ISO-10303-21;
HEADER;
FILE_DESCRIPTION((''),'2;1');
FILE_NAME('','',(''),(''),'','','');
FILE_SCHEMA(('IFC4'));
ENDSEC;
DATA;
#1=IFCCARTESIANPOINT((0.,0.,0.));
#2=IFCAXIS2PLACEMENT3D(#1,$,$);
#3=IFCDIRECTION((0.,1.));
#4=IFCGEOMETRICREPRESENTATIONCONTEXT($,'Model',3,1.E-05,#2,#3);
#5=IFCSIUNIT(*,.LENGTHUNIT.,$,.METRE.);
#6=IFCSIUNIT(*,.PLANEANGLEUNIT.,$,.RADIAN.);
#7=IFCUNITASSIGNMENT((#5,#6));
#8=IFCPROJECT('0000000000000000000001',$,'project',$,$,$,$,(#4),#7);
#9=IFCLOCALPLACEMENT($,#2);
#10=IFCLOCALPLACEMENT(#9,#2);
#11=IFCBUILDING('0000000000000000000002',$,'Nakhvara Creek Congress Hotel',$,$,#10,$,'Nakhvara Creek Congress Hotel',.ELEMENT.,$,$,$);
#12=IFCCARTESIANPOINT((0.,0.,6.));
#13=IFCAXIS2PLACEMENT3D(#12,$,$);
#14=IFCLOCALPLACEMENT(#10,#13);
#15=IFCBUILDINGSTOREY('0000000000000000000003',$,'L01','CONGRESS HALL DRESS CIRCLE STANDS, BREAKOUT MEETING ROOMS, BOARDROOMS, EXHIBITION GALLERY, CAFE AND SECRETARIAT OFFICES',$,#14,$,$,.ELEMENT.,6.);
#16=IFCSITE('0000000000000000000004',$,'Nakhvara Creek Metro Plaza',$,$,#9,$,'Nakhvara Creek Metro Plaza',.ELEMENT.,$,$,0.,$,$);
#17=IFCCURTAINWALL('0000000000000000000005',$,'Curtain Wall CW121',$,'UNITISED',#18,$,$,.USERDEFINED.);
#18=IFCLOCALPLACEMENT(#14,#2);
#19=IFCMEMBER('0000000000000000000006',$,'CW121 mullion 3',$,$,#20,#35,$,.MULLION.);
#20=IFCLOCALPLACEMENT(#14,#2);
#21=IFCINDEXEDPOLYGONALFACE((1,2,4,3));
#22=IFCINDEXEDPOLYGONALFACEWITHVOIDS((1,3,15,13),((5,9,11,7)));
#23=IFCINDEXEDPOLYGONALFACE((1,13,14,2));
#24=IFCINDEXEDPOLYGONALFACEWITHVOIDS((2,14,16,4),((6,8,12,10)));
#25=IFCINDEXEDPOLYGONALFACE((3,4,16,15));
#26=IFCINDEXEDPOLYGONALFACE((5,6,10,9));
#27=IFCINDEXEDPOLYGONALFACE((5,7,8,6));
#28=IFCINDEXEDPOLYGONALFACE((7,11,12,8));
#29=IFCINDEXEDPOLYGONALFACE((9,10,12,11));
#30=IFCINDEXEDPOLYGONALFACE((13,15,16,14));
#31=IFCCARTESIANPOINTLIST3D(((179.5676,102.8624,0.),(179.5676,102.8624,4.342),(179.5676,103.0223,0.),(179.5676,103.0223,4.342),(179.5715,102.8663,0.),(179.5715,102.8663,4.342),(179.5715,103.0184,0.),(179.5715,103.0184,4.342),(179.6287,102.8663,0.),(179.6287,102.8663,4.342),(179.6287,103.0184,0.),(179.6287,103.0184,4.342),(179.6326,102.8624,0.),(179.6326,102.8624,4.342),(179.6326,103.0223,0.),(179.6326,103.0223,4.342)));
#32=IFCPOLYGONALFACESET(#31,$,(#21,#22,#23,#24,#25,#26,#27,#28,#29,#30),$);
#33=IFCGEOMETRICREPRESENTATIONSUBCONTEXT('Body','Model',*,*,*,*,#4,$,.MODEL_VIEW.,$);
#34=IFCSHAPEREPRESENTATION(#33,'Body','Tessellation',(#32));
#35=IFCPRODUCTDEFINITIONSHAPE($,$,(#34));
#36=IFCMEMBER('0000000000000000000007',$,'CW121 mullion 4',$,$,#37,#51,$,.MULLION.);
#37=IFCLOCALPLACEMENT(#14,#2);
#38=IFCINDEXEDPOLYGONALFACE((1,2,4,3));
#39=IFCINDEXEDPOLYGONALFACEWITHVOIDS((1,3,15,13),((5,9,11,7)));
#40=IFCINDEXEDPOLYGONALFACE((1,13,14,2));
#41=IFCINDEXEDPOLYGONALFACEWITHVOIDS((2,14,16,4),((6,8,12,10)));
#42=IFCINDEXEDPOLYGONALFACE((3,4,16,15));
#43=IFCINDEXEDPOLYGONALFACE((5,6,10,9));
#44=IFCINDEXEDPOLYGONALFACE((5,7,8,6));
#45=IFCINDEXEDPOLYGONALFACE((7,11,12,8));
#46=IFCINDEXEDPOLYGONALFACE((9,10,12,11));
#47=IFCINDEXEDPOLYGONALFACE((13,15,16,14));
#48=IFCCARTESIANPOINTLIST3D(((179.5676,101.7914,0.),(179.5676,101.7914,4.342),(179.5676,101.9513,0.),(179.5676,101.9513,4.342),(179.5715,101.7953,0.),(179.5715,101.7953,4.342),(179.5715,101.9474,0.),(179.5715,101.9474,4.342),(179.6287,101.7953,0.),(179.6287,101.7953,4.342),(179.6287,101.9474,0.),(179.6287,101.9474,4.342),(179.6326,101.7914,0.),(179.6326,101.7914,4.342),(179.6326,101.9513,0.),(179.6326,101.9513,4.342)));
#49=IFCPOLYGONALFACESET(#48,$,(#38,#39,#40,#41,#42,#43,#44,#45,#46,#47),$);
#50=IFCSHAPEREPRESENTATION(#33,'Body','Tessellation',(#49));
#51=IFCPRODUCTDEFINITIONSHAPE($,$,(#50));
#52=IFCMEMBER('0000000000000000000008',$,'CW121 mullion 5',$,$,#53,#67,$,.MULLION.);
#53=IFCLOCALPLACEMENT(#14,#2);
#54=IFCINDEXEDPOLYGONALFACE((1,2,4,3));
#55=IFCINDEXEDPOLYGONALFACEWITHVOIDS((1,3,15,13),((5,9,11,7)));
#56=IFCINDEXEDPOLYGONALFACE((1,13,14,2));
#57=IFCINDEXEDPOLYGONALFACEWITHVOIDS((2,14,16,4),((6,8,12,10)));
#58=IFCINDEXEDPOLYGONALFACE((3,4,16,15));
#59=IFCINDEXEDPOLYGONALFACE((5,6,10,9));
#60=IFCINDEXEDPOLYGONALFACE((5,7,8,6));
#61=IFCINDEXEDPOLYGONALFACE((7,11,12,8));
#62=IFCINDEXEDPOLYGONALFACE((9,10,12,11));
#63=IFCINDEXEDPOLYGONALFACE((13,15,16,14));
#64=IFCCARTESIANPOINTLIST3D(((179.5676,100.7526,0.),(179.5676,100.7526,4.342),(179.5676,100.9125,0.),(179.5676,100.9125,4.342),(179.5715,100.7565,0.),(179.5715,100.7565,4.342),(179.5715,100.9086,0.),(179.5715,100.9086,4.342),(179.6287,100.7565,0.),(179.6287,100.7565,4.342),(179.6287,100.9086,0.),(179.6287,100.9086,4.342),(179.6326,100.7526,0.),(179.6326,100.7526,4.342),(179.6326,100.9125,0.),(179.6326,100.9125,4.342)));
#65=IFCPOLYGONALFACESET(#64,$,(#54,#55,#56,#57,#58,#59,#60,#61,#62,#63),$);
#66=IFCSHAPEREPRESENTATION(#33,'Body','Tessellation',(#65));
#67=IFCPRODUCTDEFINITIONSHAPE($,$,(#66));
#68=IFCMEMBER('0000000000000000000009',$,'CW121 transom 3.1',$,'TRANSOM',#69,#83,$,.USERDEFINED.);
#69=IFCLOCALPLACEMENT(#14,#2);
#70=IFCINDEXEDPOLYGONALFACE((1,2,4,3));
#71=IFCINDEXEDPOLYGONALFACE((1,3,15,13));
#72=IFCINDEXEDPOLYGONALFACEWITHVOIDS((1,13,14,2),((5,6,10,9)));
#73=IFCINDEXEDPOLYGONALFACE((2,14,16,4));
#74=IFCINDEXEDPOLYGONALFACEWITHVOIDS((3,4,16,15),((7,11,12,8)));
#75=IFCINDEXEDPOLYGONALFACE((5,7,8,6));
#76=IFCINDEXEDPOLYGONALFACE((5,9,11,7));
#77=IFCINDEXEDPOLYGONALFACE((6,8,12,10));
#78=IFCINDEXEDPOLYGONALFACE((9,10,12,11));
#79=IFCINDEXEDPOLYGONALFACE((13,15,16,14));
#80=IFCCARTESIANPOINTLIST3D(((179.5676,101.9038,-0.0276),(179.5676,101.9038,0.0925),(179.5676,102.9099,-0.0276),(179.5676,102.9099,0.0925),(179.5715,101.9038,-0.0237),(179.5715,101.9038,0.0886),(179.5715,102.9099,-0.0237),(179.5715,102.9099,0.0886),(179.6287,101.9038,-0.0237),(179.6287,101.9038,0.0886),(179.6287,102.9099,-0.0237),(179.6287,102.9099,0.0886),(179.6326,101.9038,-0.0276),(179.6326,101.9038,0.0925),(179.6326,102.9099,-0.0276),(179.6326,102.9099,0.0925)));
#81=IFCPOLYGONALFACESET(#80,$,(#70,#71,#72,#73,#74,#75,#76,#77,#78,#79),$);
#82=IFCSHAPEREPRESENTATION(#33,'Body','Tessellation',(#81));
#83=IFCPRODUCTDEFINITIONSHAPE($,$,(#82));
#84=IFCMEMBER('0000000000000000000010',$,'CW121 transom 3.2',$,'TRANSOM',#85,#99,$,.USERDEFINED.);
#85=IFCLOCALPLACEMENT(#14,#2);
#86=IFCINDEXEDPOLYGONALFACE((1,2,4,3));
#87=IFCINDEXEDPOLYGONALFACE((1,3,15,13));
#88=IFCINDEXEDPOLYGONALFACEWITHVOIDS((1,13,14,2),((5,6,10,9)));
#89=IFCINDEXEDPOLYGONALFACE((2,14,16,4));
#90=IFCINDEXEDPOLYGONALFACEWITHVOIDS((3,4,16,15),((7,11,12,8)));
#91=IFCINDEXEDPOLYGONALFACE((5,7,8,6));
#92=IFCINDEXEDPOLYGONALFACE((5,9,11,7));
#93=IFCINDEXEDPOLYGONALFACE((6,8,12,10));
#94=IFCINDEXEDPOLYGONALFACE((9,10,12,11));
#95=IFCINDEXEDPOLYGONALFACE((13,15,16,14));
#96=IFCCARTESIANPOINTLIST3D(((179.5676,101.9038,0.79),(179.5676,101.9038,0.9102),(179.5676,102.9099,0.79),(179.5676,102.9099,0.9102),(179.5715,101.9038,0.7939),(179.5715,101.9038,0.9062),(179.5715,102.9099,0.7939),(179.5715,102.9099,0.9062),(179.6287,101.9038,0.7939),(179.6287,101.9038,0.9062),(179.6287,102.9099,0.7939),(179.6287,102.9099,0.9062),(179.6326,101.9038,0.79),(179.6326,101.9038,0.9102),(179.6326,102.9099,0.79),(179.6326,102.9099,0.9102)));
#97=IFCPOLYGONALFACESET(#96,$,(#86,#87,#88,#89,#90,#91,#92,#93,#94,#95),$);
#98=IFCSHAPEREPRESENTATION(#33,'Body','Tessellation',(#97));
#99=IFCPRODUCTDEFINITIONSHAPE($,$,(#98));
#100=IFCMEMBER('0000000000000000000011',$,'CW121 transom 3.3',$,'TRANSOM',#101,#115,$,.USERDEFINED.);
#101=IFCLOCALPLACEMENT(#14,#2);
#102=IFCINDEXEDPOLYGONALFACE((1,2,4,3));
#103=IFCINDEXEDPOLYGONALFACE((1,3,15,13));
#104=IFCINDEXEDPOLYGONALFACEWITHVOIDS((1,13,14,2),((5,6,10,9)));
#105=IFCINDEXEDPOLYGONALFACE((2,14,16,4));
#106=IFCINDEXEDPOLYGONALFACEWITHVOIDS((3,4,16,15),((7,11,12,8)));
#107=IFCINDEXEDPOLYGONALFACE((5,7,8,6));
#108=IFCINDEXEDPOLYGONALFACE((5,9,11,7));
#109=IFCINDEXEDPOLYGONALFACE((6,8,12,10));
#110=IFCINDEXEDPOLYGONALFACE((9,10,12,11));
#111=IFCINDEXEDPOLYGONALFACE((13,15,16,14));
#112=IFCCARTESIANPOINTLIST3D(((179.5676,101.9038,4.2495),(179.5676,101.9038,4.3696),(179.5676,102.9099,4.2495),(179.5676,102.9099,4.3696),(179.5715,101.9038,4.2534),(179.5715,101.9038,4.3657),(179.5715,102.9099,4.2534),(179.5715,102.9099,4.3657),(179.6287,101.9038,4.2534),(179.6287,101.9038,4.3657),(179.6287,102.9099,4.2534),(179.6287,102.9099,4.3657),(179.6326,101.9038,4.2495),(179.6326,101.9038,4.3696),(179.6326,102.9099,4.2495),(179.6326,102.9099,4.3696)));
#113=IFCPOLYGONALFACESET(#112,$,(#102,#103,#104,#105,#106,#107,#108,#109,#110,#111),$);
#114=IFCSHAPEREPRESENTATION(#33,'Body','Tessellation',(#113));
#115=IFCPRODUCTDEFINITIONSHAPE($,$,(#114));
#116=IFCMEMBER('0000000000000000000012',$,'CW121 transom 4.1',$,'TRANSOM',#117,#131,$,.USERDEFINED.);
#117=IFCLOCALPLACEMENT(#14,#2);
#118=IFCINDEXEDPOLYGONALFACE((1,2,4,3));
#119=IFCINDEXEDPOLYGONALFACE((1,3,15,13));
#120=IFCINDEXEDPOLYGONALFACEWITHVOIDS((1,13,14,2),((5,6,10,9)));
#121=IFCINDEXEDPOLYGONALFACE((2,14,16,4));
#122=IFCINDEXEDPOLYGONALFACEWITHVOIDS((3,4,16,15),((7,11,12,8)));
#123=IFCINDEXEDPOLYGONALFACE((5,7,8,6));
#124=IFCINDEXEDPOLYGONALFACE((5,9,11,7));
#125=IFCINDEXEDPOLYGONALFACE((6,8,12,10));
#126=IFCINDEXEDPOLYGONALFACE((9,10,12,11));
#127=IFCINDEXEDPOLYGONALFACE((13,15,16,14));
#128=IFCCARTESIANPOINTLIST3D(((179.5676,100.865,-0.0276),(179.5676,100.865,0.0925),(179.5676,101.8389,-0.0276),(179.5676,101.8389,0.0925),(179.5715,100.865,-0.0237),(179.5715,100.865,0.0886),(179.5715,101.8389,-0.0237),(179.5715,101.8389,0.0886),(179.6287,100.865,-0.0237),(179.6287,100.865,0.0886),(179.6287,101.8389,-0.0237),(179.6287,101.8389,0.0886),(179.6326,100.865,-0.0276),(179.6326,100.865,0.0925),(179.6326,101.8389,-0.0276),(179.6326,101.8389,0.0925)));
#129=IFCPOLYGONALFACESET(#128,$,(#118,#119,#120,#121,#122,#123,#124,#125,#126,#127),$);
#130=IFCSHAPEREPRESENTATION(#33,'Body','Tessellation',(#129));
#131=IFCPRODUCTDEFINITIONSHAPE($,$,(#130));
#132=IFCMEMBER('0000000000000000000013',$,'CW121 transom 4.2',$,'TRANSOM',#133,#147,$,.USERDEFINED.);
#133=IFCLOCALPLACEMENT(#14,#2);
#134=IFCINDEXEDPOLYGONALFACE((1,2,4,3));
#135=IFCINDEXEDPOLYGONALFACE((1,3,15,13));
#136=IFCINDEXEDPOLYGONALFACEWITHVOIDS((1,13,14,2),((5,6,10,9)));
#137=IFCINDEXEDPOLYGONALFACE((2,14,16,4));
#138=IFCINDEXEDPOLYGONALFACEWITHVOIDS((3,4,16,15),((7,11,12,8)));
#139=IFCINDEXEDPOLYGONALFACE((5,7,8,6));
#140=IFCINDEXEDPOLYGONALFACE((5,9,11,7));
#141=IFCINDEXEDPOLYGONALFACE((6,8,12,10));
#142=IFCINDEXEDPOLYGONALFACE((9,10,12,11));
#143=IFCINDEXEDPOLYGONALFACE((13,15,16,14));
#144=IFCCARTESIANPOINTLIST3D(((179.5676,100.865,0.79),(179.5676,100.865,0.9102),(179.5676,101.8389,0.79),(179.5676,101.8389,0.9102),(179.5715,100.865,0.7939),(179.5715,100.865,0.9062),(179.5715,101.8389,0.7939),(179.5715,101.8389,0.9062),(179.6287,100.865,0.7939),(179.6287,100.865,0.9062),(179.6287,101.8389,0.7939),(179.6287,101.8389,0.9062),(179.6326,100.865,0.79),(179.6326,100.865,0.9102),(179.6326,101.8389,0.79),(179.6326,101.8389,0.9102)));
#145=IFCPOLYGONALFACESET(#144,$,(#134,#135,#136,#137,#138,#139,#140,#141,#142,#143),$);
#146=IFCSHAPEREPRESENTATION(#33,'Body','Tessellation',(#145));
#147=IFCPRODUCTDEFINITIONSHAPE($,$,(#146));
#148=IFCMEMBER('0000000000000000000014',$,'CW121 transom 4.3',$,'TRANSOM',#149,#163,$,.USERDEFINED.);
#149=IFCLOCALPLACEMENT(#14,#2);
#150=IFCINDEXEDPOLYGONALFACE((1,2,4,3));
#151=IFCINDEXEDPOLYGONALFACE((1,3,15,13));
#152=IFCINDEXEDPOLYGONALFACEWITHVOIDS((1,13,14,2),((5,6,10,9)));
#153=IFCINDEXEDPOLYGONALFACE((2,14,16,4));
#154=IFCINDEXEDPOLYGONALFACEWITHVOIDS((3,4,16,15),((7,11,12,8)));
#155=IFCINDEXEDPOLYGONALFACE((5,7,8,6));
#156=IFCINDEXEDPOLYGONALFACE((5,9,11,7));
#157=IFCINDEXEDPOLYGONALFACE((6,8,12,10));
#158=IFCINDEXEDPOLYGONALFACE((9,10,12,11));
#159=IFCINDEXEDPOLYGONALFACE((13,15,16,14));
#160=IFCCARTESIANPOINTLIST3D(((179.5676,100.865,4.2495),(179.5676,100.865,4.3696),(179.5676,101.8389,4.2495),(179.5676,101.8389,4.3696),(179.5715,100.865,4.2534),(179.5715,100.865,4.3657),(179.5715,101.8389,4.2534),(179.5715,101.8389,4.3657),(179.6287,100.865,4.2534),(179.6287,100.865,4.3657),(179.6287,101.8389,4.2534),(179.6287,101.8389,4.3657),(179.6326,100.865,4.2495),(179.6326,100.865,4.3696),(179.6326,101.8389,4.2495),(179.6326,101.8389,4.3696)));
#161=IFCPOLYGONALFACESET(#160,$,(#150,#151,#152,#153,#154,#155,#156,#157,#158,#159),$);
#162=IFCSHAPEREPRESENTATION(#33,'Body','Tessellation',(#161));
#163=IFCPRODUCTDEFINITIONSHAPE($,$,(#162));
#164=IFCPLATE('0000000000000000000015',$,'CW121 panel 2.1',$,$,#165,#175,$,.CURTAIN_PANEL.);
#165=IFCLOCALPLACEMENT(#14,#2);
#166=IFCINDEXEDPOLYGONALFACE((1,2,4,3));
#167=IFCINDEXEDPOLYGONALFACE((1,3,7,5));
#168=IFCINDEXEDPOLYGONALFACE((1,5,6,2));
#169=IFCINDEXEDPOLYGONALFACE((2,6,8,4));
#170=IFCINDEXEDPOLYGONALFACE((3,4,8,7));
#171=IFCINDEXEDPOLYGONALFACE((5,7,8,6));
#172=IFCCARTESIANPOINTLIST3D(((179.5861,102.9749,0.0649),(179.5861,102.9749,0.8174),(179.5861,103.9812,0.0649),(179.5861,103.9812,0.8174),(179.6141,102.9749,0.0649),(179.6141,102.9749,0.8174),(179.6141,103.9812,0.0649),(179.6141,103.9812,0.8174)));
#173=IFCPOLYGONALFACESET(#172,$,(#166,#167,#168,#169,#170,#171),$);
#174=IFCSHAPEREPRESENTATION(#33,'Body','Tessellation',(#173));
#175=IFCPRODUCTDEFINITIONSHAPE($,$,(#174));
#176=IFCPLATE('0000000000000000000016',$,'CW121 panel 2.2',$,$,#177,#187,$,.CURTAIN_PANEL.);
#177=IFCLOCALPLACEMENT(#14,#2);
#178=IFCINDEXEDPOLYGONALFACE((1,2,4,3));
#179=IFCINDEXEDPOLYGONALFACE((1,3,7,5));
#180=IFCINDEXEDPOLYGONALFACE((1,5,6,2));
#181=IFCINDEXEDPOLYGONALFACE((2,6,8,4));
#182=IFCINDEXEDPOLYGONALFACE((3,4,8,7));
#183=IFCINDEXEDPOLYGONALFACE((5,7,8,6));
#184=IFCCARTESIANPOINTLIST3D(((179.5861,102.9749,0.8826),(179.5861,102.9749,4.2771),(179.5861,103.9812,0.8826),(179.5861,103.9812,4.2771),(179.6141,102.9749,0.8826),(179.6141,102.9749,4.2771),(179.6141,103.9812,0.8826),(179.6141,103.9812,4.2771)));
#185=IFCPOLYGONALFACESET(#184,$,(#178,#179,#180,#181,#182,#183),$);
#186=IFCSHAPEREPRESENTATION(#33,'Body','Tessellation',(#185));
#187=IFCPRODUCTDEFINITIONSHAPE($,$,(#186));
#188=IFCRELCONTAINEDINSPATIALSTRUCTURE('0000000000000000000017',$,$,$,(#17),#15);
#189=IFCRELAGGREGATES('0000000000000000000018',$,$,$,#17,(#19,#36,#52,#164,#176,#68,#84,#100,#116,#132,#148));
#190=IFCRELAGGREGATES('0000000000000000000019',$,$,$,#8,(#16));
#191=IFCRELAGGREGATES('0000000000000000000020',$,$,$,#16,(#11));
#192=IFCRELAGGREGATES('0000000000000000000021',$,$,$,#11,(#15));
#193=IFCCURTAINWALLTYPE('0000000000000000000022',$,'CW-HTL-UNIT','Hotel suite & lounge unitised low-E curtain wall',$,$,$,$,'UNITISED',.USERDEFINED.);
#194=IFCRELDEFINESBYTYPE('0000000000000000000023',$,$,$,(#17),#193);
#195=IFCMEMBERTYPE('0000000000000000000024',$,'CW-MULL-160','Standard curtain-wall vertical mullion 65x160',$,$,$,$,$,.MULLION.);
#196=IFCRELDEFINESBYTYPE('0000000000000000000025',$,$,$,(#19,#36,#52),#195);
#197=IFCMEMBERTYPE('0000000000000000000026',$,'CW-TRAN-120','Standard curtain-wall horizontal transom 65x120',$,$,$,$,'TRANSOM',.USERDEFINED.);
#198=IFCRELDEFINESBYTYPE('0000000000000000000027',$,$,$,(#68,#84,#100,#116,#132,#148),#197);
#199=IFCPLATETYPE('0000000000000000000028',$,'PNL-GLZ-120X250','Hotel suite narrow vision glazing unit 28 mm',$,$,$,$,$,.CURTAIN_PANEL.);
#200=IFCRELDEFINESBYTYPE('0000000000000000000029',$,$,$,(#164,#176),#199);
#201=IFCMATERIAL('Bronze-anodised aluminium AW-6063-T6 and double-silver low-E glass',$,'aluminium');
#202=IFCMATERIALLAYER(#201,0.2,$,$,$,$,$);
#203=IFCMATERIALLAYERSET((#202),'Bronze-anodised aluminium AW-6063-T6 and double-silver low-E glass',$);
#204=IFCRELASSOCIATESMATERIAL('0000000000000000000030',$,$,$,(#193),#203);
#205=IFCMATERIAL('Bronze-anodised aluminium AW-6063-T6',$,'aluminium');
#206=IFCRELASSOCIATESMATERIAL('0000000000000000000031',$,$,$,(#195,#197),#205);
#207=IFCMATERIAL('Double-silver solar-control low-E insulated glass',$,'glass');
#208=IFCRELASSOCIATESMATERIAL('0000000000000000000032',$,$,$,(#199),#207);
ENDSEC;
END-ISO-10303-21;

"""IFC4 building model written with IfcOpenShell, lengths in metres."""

from ifc_helpers import new_model, si_unit, direction, frame, origin, origin_2d, place, context, subcontext, project, spatial, rectangle, hollow_rectangle, extrude, material, layer, layer_set, material_profile, profile_set, type_object, element, aggregate, save


model = new_model("IFC4")

# Units and contexts
model_context = context("Model", 3, precision=1e-05, world=origin(), true_north=direction((0.0, 1.0)))
body_context = subcontext(model_context, "Body", "Model", "MODEL_VIEW")
ifc_project = project(units=[si_unit("LENGTHUNIT", "METRE"), si_unit("PLANEANGLEUNIT", "RADIAN")], contexts=[model_context])

# Site, building, storey
site_placement = place(None, origin())
site = spatial("IfcSite", under=ifc_project, at=site_placement, Name="Nakhvara Creek Metro Plaza", LongName="Nakhvara Creek Metro Plaza", CompositionType="ELEMENT", RefElevation=0.0)
building_placement = place(site_placement, origin())
building = spatial("IfcBuilding", under=site, at=building_placement, Name="Nakhvara Creek Congress Hotel", LongName="Nakhvara Creek Congress Hotel", CompositionType="ELEMENT")
storey_placement = place(building_placement, frame((0.0, 0.0, 6.0)))
storey = spatial("IfcBuildingStorey", under=building, at=storey_placement, Name="L01", Description="CONGRESS HALL DRESS CIRCLE STANDS, BREAKOUT MEETING ROOMS, BOARDROOMS, EXHIBITION GALLERY, CAFE AND SECRETARIAT OFFICES", CompositionType="ELEMENT", Elevation=6.0)

# Curtain wall, members, plates
ifc_material_1 = material(Name="Bronze-anodised aluminium AW-6063-T6 and double-silver low-E glass", Category="aluminium")
ifc_layer_1 = layer(ifc_material_1, 0.2)
ifc_layer_set_1 = layer_set([ifc_layer_1], Name="Bronze-anodised aluminium AW-6063-T6 and double-silver low-E glass")
curtain_wall_type = type_object("IfcCurtainWallType", Name="CW-HTL-UNIT", Description="Hotel suite & lounge unitised low-E curtain wall", ElementType="UNITISED", PredefinedType="USERDEFINED", material=ifc_layer_set_1)
curtain_wall_placement = place(storey_placement, origin())
curtain_wall = element("IfcCurtainWall", 1, at=curtain_wall_placement, inside=storey, type_object=curtain_wall_type, Name="Curtain Wall CW121", ObjectType="UNITISED", PredefinedType="USERDEFINED")
ifc_material_2 = material(Name="Bronze-anodised aluminium AW-6063-T6", Category="aluminium")
ifc_material_profile_1 = material_profile(ifc_material_2, hollow_rectangle(XDim=0.0649, YDim=0.1599, WallThickness=0.0039, at=origin_2d()), Name="ALU-MULL 65x160x4", Category="LoadBearing")
ifc_profile_set_1 = profile_set([ifc_material_profile_1], Name="Bronze-anodised aluminium AW-6063-T6")
member_type_1 = type_object("IfcMemberType", Name="CW-MULL-160", Description="Standard curtain-wall vertical mullion 65x160", PredefinedType="MULLION", material=ifc_profile_set_1)
member_1_placement = place(storey_placement, frame((179.6001, 102.9424, 0.0), z_axis=(0.0, 0.0, 1.0), x_axis=(1.0, 0.0, 0.0)))
member_1 = element("IfcMember", 2, at=member_1_placement, type_object=member_type_1, Name="CW121 mullion 3", PredefinedType="MULLION", context=body_context, shape_type="SweptSolid", body=[
    extrude(hollow_rectangle(XDim=0.0649, YDim=0.1599, WallThickness=0.0039, at=origin_2d()), origin(), (0.0, 0.0, 1.0), 4.342),
])
member_2_placement = place(storey_placement, frame((179.6001, 101.8713, 0.0), z_axis=(0.0, 0.0, 1.0), x_axis=(1.0, 0.0, 0.0)))
member_2 = element("IfcMember", 3, at=member_2_placement, type_object=member_type_1, Name="CW121 mullion 4", PredefinedType="MULLION", context=body_context, shape_type="SweptSolid", body=[
    extrude(hollow_rectangle(XDim=0.0649, YDim=0.1599, WallThickness=0.0039, at=origin_2d()), origin(), (0.0, 0.0, 1.0), 4.342),
])
member_3_placement = place(storey_placement, frame((179.6001, 100.8325, 0.0), z_axis=(0.0, 0.0, 1.0), x_axis=(1.0, 0.0, 0.0)))
member_3 = element("IfcMember", 4, at=member_3_placement, type_object=member_type_1, Name="CW121 mullion 5", PredefinedType="MULLION", context=body_context, shape_type="SweptSolid", body=[
    extrude(hollow_rectangle(XDim=0.0649, YDim=0.1599, WallThickness=0.0039, at=origin_2d()), origin(), (0.0, 0.0, 1.0), 4.342),
])
ifc_material_profile_2 = material_profile(ifc_material_2, hollow_rectangle(XDim=0.0649, YDim=0.1201, WallThickness=0.0039, at=origin_2d()), Name="ALU-TRAN 65x120x4", Category="LoadBearing")
ifc_profile_set_2 = profile_set([ifc_material_profile_2], Name="Bronze-anodised aluminium AW-6063-T6")
member_type_2 = type_object("IfcMemberType", Name="CW-TRAN-120", Description="Standard curtain-wall horizontal transom 65x120", ElementType="TRANSOM", PredefinedType="USERDEFINED", material=ifc_profile_set_2)
member_4_placement = place(storey_placement, frame((179.6001, 102.9099, 0.0325), z_axis=(0.0, -1.0, 0.0), x_axis=(1.0, 0.0, 0.0)))
member_4 = element("IfcMember", 5, at=member_4_placement, type_object=member_type_2, Name="CW121 transom 3.1", ObjectType="TRANSOM", PredefinedType="USERDEFINED", context=body_context, shape_type="SweptSolid", body=[
    extrude(hollow_rectangle(XDim=0.0649, YDim=0.1201, WallThickness=0.0039, at=origin_2d()), origin(), (0.0, 0.0, 1.0), 1.0061),
])
member_5_placement = place(storey_placement, frame((179.6001, 102.9099, 0.8501), z_axis=(0.0, -1.0, 0.0), x_axis=(1.0, 0.0, 0.0)))
member_5 = element("IfcMember", 6, at=member_5_placement, type_object=member_type_2, Name="CW121 transom 3.2", ObjectType="TRANSOM", PredefinedType="USERDEFINED", context=body_context, shape_type="SweptSolid", body=[
    extrude(hollow_rectangle(XDim=0.0649, YDim=0.1201, WallThickness=0.0039, at=origin_2d()), origin(), (0.0, 0.0, 1.0), 1.0061),
])
member_6_placement = place(storey_placement, frame((179.6001, 102.9099, 4.3096), z_axis=(0.0, -1.0, 0.0), x_axis=(1.0, 0.0, 0.0)))
member_6 = element("IfcMember", 7, at=member_6_placement, type_object=member_type_2, Name="CW121 transom 3.3", ObjectType="TRANSOM", PredefinedType="USERDEFINED", context=body_context, shape_type="SweptSolid", body=[
    extrude(hollow_rectangle(XDim=0.0649, YDim=0.1201, WallThickness=0.0039, at=origin_2d()), origin(), (0.0, 0.0, 1.0), 1.0061),
])
member_7_placement = place(storey_placement, frame((179.6001, 101.8389, 0.0325), z_axis=(0.0, -1.0, 0.0), x_axis=(1.0, 0.0, 0.0)))
member_7 = element("IfcMember", 8, at=member_7_placement, type_object=member_type_2, Name="CW121 transom 4.1", ObjectType="TRANSOM", PredefinedType="USERDEFINED", context=body_context, shape_type="SweptSolid", body=[
    extrude(hollow_rectangle(XDim=0.0649, YDim=0.1201, WallThickness=0.0039, at=origin_2d()), origin(), (0.0, 0.0, 1.0), 0.9739),
])
member_8_placement = place(storey_placement, frame((179.6001, 101.8389, 0.8501), z_axis=(0.0, -1.0, 0.0), x_axis=(1.0, 0.0, 0.0)))
member_8 = element("IfcMember", 9, at=member_8_placement, type_object=member_type_2, Name="CW121 transom 4.2", ObjectType="TRANSOM", PredefinedType="USERDEFINED", context=body_context, shape_type="SweptSolid", body=[
    extrude(hollow_rectangle(XDim=0.0649, YDim=0.1201, WallThickness=0.0039, at=origin_2d()), origin(), (0.0, 0.0, 1.0), 0.9739),
])
member_9_placement = place(storey_placement, frame((179.6001, 101.8389, 4.3096), z_axis=(0.0, -1.0, 0.0), x_axis=(1.0, 0.0, 0.0)))
member_9 = element("IfcMember", 10, at=member_9_placement, type_object=member_type_2, Name="CW121 transom 4.3", ObjectType="TRANSOM", PredefinedType="USERDEFINED", context=body_context, shape_type="SweptSolid", body=[
    extrude(hollow_rectangle(XDim=0.0649, YDim=0.1201, WallThickness=0.0039, at=origin_2d()), origin(), (0.0, 0.0, 1.0), 0.9739),
])
ifc_material_3 = material(Name="Double-silver solar-control low-E insulated glass", Category="glass")
plate_type = type_object("IfcPlateType", Name="PNL-GLZ-120X250", Description="Hotel suite narrow vision glazing unit 28 mm", PredefinedType="CURTAIN_PANEL", material=ifc_material_3)
plate_1_placement = place(storey_placement, frame((179.6001, 103.478, 0.0649), z_axis=(0.0, 0.0, 1.0), x_axis=(0.0, -1.0, 0.0)))
plate_1 = element("IfcPlate", 11, at=plate_1_placement, type_object=plate_type, Name="CW121 panel 2.1", PredefinedType="CURTAIN_PANEL", context=body_context, shape_type="SweptSolid", body=[
    extrude(rectangle(XDim=1.0063, YDim=0.0281, at=origin_2d()), origin(), (0.0, 0.0, 1.0), 0.7524),
])
plate_2_placement = place(storey_placement, frame((179.6001, 103.478, 0.8826), z_axis=(0.0, 0.0, 1.0), x_axis=(0.0, -1.0, 0.0)))
plate_2 = element("IfcPlate", 12, at=plate_2_placement, type_object=plate_type, Name="CW121 panel 2.2", PredefinedType="CURTAIN_PANEL", context=body_context, shape_type="SweptSolid", body=[
    extrude(rectangle(XDim=1.0063, YDim=0.0281, at=origin_2d()), origin(), (0.0, 0.0, 1.0), 3.3945),
])
aggregate(curtain_wall, [member_1, member_2, member_3, plate_1, plate_2, member_4, member_5, member_6, member_7, member_8, member_9])

save(model, "model.ifc")
